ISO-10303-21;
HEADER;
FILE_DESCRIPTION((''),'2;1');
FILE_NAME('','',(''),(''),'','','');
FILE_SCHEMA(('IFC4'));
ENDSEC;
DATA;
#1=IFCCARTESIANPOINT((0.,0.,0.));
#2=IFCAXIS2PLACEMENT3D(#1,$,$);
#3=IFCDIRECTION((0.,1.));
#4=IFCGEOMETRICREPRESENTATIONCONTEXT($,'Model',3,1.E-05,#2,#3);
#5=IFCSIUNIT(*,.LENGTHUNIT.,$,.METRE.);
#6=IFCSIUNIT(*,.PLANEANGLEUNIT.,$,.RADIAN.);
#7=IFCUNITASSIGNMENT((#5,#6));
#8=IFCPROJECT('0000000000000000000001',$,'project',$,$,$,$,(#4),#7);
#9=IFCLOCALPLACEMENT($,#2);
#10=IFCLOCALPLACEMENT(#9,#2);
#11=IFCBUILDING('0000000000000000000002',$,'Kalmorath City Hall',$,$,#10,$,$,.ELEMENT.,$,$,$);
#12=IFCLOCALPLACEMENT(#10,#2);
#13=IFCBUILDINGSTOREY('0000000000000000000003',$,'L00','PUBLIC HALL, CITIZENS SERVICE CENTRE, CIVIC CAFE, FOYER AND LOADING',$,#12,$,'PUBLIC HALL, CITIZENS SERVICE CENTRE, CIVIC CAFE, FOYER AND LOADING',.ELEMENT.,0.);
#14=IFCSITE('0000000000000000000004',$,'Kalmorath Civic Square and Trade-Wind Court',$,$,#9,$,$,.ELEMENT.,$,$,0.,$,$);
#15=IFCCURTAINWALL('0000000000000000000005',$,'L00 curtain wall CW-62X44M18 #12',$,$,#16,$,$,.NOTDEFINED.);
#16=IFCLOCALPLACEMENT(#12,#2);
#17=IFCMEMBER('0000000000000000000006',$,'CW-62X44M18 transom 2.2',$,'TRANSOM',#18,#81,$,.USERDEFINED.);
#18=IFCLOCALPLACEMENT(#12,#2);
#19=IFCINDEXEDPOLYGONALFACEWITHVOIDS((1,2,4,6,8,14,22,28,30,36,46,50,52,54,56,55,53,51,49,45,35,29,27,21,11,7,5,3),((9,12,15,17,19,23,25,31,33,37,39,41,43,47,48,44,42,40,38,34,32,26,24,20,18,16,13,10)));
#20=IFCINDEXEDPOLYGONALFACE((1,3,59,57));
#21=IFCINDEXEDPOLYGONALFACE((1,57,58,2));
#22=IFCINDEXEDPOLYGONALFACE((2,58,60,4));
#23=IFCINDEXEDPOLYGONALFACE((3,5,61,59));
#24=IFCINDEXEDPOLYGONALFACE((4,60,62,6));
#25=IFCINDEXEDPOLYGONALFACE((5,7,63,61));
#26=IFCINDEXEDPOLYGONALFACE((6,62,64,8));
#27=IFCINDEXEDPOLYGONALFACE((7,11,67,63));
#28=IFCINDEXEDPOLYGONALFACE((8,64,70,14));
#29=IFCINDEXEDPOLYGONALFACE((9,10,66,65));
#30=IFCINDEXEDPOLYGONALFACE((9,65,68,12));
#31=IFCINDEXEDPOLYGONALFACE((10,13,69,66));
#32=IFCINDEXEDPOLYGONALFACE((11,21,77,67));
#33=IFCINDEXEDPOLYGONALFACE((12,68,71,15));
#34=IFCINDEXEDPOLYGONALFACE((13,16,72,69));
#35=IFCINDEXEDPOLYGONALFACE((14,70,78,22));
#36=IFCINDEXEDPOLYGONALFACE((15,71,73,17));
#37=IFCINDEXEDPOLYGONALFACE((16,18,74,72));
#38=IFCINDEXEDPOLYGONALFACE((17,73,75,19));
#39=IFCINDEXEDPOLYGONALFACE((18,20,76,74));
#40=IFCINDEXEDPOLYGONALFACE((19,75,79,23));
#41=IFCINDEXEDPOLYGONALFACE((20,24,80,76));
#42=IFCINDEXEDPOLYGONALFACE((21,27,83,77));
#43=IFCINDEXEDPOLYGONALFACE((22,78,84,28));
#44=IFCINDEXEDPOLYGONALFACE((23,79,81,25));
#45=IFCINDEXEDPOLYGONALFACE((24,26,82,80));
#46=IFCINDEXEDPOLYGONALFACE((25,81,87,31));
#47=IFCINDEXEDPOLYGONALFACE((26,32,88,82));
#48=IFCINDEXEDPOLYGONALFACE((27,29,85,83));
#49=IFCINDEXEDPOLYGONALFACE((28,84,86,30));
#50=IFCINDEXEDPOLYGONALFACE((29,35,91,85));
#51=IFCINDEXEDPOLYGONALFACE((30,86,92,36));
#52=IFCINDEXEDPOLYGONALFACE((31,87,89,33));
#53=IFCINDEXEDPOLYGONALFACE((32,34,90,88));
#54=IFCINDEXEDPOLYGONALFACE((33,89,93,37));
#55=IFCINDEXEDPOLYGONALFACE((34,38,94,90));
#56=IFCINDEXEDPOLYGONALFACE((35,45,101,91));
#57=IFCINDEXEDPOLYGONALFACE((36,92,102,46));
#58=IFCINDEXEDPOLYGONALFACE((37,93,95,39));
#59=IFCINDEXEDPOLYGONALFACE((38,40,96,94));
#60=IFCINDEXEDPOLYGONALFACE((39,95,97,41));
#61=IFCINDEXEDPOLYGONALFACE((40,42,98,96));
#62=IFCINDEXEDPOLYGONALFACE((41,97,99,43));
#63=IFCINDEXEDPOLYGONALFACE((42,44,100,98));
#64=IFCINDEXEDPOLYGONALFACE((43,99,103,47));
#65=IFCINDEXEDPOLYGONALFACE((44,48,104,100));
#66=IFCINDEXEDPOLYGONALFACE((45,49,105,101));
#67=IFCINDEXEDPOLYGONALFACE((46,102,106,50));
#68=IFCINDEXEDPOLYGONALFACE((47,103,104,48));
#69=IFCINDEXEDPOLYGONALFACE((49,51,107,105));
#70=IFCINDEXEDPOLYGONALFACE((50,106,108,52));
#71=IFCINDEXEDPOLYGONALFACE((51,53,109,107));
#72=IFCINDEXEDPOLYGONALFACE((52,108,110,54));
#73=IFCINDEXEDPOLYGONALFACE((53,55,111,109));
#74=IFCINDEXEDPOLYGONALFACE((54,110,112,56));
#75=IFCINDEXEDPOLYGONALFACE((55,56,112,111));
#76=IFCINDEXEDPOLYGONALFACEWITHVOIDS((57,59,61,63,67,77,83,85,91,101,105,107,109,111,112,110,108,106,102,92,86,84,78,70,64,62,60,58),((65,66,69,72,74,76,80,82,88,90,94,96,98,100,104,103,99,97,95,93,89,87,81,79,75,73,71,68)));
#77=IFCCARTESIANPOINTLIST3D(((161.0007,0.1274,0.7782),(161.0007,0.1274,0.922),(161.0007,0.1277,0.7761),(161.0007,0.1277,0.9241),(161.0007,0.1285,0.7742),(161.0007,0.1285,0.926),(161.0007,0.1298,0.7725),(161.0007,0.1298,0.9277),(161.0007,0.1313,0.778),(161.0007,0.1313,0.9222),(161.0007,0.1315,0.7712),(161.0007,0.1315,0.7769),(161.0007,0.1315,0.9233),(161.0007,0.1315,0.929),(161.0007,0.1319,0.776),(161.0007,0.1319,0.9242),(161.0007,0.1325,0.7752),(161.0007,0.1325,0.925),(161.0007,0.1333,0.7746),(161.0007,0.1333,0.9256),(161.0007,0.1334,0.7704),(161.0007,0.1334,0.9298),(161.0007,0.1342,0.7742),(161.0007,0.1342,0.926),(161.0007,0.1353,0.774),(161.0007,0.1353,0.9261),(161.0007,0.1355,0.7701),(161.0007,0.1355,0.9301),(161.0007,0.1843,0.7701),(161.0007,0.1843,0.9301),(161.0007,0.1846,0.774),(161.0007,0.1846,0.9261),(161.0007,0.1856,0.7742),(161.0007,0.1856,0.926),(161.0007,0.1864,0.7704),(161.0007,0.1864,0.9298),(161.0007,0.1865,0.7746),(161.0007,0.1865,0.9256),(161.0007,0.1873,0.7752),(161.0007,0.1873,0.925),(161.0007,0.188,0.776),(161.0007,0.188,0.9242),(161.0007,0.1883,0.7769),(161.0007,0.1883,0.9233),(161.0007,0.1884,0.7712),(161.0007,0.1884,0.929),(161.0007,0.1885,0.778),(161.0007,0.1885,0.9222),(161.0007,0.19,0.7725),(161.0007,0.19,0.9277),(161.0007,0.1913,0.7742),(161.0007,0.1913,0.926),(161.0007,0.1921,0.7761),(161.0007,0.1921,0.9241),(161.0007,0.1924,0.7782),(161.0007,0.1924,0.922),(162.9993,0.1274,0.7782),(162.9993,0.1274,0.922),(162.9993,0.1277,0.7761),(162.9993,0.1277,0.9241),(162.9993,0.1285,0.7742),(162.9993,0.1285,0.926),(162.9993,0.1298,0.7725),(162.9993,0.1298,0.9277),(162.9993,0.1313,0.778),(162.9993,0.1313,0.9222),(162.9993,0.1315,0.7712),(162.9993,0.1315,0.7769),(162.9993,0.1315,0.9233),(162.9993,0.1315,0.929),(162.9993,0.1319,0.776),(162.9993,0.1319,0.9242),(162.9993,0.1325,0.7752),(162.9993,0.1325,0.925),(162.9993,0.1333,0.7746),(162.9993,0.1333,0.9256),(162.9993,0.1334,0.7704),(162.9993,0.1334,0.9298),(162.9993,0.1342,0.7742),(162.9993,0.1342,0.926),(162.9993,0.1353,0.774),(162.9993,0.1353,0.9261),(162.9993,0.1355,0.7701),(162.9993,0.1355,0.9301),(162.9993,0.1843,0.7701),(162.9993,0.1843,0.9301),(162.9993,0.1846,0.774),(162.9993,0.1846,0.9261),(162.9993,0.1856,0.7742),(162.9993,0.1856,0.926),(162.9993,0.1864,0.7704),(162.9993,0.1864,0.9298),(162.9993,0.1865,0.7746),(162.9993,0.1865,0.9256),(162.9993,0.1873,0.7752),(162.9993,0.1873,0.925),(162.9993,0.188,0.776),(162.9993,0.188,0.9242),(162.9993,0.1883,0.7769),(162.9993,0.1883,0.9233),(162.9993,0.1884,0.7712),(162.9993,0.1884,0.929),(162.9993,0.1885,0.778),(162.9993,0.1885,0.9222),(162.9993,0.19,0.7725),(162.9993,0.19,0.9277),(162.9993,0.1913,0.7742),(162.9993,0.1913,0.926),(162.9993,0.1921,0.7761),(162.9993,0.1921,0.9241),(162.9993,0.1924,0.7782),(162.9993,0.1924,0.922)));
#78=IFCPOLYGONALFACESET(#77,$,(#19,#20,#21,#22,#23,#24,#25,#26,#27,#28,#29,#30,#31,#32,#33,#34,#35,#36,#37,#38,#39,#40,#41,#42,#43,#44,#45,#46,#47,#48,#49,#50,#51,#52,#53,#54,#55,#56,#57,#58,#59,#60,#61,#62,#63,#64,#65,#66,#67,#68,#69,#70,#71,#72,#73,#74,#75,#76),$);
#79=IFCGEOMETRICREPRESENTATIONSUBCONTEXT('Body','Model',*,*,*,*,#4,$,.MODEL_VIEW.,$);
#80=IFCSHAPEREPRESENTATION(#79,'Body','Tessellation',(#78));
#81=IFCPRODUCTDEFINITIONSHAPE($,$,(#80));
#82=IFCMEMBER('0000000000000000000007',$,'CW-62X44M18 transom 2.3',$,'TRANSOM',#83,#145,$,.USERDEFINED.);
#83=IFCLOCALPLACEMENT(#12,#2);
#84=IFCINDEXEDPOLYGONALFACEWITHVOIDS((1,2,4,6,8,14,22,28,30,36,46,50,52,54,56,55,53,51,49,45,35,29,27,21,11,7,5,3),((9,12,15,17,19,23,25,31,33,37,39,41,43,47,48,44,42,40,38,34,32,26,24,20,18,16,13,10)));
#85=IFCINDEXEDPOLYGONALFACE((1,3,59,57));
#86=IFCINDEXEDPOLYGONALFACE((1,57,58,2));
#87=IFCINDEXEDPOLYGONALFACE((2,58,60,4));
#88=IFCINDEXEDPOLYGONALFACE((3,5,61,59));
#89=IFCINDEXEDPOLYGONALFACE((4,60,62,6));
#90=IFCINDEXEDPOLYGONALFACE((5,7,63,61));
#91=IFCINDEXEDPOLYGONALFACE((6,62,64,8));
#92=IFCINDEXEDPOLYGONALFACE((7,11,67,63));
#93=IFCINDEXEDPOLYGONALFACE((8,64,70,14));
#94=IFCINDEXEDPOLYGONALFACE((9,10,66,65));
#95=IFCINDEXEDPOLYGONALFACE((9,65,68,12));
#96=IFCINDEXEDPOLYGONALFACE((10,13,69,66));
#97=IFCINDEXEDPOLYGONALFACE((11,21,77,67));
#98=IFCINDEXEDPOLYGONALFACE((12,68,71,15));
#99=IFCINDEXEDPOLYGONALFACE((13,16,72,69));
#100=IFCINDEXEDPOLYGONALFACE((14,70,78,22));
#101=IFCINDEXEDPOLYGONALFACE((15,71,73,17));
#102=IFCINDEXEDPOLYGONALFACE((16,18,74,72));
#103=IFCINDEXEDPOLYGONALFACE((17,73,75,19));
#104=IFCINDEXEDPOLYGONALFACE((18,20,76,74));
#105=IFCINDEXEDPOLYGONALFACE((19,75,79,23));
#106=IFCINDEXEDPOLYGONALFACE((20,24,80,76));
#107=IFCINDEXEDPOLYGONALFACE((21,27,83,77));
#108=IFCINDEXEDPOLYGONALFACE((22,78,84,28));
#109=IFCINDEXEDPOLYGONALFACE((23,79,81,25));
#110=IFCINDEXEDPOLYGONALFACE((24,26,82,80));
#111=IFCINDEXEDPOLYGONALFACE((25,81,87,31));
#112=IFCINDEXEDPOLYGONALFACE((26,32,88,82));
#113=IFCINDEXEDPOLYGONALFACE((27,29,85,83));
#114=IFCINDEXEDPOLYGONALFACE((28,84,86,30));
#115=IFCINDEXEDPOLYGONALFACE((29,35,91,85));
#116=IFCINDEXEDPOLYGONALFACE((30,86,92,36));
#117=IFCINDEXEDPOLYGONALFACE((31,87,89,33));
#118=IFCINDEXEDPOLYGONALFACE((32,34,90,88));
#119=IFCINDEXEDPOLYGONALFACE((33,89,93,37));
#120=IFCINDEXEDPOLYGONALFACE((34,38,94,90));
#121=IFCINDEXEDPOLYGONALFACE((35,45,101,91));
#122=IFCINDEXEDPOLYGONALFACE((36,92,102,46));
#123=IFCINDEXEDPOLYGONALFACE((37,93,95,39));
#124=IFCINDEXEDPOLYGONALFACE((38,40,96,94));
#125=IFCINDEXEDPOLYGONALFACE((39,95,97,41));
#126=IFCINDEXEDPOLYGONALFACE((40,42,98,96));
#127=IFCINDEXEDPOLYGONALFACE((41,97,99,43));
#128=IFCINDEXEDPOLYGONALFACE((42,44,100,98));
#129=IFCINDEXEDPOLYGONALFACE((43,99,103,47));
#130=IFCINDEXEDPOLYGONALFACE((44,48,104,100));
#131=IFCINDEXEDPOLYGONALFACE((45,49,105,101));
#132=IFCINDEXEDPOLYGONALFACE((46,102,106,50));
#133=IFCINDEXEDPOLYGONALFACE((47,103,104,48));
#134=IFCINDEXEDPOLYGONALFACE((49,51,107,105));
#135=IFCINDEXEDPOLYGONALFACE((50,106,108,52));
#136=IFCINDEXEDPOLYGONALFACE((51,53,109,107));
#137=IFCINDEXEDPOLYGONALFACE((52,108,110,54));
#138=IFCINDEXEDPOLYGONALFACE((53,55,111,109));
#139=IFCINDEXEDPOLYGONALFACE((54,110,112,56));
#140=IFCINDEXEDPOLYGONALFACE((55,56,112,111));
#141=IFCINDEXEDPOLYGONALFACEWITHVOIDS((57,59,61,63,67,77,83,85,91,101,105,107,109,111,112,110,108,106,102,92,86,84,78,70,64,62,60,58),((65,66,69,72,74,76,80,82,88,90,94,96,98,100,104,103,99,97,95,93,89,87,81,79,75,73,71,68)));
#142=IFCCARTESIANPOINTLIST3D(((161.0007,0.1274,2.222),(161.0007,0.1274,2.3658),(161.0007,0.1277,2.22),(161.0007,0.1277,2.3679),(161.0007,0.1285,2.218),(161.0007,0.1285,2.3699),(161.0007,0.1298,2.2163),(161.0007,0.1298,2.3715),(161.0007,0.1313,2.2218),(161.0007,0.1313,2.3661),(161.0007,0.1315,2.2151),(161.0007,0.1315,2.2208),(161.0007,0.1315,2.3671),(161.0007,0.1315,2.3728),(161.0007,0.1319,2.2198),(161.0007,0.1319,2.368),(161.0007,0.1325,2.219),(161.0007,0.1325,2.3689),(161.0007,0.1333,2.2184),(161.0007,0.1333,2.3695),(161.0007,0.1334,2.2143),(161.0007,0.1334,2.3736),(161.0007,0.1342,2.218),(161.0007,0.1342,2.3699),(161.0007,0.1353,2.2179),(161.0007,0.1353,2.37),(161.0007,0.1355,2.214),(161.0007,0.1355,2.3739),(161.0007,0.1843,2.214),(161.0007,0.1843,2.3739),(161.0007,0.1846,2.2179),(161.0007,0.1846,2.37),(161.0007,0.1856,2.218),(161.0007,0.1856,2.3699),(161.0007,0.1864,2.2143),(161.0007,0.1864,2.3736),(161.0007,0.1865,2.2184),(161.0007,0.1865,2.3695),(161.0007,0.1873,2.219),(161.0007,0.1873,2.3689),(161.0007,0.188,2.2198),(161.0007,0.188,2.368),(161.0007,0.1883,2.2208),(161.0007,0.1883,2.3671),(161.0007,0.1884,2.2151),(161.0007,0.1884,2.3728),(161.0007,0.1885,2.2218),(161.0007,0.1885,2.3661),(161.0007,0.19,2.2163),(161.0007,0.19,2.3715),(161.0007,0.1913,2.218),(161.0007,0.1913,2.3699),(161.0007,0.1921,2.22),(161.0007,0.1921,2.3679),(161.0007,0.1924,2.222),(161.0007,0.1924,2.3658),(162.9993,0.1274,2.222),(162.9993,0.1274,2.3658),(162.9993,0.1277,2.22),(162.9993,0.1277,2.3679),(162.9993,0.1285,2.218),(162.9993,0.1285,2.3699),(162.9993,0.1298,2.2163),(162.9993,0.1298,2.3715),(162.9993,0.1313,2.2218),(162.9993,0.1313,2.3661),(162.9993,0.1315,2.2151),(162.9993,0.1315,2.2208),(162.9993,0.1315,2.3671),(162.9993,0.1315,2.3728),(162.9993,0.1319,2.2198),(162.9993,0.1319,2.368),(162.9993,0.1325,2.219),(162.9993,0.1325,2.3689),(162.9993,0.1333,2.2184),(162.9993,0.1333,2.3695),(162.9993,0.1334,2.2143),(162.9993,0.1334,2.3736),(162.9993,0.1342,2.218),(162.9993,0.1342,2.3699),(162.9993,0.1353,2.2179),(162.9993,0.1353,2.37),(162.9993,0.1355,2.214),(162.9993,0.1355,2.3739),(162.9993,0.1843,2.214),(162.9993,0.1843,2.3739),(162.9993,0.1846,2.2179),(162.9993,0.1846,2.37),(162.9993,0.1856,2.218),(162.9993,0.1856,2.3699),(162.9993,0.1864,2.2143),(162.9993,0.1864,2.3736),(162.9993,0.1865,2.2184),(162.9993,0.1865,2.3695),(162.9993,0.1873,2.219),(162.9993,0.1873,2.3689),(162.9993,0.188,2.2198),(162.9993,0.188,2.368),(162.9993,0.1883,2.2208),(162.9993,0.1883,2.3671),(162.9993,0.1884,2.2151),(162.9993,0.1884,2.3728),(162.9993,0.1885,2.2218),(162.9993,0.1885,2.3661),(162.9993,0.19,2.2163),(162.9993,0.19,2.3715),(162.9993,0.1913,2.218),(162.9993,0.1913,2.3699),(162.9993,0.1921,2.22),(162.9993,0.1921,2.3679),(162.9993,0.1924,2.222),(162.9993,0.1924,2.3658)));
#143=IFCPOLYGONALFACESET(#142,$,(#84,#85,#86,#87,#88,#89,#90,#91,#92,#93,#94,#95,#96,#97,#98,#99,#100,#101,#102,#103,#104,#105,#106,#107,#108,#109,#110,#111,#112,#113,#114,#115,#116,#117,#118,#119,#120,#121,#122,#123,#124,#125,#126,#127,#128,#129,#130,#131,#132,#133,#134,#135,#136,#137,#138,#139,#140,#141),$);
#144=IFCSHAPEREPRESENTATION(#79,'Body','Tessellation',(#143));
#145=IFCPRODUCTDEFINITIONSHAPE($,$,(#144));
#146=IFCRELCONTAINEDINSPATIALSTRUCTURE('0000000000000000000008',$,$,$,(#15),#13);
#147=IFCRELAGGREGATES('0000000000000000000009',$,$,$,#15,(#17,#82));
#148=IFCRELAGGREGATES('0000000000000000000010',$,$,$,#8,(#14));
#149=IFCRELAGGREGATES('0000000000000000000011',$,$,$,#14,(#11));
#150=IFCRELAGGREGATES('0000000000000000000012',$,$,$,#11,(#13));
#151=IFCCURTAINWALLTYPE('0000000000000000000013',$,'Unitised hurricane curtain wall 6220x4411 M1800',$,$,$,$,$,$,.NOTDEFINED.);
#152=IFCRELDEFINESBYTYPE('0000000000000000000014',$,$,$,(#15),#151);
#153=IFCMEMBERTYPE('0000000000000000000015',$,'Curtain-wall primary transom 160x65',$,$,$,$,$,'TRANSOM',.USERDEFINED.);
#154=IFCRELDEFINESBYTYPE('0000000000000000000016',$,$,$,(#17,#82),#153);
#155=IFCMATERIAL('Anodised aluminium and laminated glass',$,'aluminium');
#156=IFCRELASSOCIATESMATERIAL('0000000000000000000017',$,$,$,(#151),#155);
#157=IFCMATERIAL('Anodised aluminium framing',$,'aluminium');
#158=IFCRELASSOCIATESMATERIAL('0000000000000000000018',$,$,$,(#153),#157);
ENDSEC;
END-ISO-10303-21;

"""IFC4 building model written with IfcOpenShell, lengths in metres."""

from ifc_helpers import new_model, si_unit, direction, frame, origin, origin_2d, place, context, subcontext, project, spatial, hollow_rectangle, extrude, material, material_profile, profile_set, type_object, element, aggregate, save


model = new_model("IFC4")

# Units and contexts
model_context = context("Model", 3, precision=1e-05, world=origin(), true_north=direction((0.0, 1.0)))
body_context = subcontext(model_context, "Body", "Model", "MODEL_VIEW")
ifc_project = project(units=[si_unit("LENGTHUNIT", "METRE"), si_unit("PLANEANGLEUNIT", "RADIAN")], contexts=[model_context])

# Site, building, storey
site_placement = place(None, origin())
site = spatial("IfcSite", under=ifc_project, at=site_placement, Name="Kalmorath Civic Square and Trade-Wind Court", CompositionType="ELEMENT", RefElevation=0.0)
building_placement = place(site_placement, origin())
building = spatial("IfcBuilding", under=site, at=building_placement, Name="Kalmorath City Hall", CompositionType="ELEMENT")
storey_placement = place(building_placement, origin())
storey = spatial("IfcBuildingStorey", under=building, at=storey_placement, Name="L00", Description="PUBLIC HALL, CITIZENS SERVICE CENTRE, CIVIC CAFE, FOYER AND LOADING", LongName="PUBLIC HALL, CITIZENS SERVICE CENTRE, CIVIC CAFE, FOYER AND LOADING", CompositionType="ELEMENT", Elevation=0.0)

# Curtain wall, members
ifc_material_1 = material(Name="Anodised aluminium and laminated glass", Category="aluminium")
curtain_wall_type = type_object("IfcCurtainWallType", Name="Unitised hurricane curtain wall 6220x4411 M1800", PredefinedType="NOTDEFINED", material=ifc_material_1)
curtain_wall_placement = place(storey_placement, origin())
curtain_wall = element("IfcCurtainWall", 1, at=curtain_wall_placement, inside=storey, type_object=curtain_wall_type, Name="L00 curtain wall CW-62X44M18 #12", PredefinedType="NOTDEFINED")
ifc_material_2 = material(Name="Anodised aluminium framing", Category="aluminium")
ifc_material_profile_1 = material_profile(ifc_material_2, hollow_rectangle(XDim=0.0649, YDim=0.1599, WallThickness=0.0039, InnerFilletRadius=0.0039, OuterFilletRadius=0.0081, at=origin_2d()), Name="ALU-TRN-160X65X4")
ifc_profile_set_1 = profile_set([ifc_material_profile_1], Name="Anodised aluminium framing")
member_type_1 = type_object("IfcMemberType", Name="Curtain-wall primary transom 160x65", ElementType="TRANSOM", PredefinedType="USERDEFINED", material=ifc_profile_set_1)
member_1_placement = place(storey_placement, frame((162.9993, 0.1599, 0.8501), z_axis=(-1.0, 0.0, 0.0), x_axis=(0.0, -1.0, 0.0)))
member_1 = element("IfcMember", 2, at=member_1_placement, type_object=member_type_1, Name="CW-62X44M18 transom 2.2", ObjectType="TRANSOM", PredefinedType="USERDEFINED", context=body_context, shape_type="SweptSolid", body=[
    extrude(hollow_rectangle(XDim=0.0649, YDim=0.1599, WallThickness=0.0039, InnerFilletRadius=0.0039, OuterFilletRadius=0.0081, at=origin_2d()), origin(), (0.0, 0.0, 1.0), 1.9985),
])
member_2_placement = place(storey_placement, frame((162.9993, 0.1599, 2.2939), z_axis=(-1.0, 0.0, 0.0), x_axis=(0.0, -1.0, 0.0)))
member_2 = element("IfcMember", 3, at=member_2_placement, type_object=member_type_1, Name="CW-62X44M18 transom 2.3", ObjectType="TRANSOM", PredefinedType="USERDEFINED", context=body_context, shape_type="SweptSolid", body=[
    extrude(hollow_rectangle(XDim=0.0649, YDim=0.1599, WallThickness=0.0039, InnerFilletRadius=0.0039, OuterFilletRadius=0.0081, at=origin_2d()), origin(), (0.0, 0.0, 1.0), 1.9985),
])
aggregate(curtain_wall, [member_1, member_2])

save(model, "model.ifc")
